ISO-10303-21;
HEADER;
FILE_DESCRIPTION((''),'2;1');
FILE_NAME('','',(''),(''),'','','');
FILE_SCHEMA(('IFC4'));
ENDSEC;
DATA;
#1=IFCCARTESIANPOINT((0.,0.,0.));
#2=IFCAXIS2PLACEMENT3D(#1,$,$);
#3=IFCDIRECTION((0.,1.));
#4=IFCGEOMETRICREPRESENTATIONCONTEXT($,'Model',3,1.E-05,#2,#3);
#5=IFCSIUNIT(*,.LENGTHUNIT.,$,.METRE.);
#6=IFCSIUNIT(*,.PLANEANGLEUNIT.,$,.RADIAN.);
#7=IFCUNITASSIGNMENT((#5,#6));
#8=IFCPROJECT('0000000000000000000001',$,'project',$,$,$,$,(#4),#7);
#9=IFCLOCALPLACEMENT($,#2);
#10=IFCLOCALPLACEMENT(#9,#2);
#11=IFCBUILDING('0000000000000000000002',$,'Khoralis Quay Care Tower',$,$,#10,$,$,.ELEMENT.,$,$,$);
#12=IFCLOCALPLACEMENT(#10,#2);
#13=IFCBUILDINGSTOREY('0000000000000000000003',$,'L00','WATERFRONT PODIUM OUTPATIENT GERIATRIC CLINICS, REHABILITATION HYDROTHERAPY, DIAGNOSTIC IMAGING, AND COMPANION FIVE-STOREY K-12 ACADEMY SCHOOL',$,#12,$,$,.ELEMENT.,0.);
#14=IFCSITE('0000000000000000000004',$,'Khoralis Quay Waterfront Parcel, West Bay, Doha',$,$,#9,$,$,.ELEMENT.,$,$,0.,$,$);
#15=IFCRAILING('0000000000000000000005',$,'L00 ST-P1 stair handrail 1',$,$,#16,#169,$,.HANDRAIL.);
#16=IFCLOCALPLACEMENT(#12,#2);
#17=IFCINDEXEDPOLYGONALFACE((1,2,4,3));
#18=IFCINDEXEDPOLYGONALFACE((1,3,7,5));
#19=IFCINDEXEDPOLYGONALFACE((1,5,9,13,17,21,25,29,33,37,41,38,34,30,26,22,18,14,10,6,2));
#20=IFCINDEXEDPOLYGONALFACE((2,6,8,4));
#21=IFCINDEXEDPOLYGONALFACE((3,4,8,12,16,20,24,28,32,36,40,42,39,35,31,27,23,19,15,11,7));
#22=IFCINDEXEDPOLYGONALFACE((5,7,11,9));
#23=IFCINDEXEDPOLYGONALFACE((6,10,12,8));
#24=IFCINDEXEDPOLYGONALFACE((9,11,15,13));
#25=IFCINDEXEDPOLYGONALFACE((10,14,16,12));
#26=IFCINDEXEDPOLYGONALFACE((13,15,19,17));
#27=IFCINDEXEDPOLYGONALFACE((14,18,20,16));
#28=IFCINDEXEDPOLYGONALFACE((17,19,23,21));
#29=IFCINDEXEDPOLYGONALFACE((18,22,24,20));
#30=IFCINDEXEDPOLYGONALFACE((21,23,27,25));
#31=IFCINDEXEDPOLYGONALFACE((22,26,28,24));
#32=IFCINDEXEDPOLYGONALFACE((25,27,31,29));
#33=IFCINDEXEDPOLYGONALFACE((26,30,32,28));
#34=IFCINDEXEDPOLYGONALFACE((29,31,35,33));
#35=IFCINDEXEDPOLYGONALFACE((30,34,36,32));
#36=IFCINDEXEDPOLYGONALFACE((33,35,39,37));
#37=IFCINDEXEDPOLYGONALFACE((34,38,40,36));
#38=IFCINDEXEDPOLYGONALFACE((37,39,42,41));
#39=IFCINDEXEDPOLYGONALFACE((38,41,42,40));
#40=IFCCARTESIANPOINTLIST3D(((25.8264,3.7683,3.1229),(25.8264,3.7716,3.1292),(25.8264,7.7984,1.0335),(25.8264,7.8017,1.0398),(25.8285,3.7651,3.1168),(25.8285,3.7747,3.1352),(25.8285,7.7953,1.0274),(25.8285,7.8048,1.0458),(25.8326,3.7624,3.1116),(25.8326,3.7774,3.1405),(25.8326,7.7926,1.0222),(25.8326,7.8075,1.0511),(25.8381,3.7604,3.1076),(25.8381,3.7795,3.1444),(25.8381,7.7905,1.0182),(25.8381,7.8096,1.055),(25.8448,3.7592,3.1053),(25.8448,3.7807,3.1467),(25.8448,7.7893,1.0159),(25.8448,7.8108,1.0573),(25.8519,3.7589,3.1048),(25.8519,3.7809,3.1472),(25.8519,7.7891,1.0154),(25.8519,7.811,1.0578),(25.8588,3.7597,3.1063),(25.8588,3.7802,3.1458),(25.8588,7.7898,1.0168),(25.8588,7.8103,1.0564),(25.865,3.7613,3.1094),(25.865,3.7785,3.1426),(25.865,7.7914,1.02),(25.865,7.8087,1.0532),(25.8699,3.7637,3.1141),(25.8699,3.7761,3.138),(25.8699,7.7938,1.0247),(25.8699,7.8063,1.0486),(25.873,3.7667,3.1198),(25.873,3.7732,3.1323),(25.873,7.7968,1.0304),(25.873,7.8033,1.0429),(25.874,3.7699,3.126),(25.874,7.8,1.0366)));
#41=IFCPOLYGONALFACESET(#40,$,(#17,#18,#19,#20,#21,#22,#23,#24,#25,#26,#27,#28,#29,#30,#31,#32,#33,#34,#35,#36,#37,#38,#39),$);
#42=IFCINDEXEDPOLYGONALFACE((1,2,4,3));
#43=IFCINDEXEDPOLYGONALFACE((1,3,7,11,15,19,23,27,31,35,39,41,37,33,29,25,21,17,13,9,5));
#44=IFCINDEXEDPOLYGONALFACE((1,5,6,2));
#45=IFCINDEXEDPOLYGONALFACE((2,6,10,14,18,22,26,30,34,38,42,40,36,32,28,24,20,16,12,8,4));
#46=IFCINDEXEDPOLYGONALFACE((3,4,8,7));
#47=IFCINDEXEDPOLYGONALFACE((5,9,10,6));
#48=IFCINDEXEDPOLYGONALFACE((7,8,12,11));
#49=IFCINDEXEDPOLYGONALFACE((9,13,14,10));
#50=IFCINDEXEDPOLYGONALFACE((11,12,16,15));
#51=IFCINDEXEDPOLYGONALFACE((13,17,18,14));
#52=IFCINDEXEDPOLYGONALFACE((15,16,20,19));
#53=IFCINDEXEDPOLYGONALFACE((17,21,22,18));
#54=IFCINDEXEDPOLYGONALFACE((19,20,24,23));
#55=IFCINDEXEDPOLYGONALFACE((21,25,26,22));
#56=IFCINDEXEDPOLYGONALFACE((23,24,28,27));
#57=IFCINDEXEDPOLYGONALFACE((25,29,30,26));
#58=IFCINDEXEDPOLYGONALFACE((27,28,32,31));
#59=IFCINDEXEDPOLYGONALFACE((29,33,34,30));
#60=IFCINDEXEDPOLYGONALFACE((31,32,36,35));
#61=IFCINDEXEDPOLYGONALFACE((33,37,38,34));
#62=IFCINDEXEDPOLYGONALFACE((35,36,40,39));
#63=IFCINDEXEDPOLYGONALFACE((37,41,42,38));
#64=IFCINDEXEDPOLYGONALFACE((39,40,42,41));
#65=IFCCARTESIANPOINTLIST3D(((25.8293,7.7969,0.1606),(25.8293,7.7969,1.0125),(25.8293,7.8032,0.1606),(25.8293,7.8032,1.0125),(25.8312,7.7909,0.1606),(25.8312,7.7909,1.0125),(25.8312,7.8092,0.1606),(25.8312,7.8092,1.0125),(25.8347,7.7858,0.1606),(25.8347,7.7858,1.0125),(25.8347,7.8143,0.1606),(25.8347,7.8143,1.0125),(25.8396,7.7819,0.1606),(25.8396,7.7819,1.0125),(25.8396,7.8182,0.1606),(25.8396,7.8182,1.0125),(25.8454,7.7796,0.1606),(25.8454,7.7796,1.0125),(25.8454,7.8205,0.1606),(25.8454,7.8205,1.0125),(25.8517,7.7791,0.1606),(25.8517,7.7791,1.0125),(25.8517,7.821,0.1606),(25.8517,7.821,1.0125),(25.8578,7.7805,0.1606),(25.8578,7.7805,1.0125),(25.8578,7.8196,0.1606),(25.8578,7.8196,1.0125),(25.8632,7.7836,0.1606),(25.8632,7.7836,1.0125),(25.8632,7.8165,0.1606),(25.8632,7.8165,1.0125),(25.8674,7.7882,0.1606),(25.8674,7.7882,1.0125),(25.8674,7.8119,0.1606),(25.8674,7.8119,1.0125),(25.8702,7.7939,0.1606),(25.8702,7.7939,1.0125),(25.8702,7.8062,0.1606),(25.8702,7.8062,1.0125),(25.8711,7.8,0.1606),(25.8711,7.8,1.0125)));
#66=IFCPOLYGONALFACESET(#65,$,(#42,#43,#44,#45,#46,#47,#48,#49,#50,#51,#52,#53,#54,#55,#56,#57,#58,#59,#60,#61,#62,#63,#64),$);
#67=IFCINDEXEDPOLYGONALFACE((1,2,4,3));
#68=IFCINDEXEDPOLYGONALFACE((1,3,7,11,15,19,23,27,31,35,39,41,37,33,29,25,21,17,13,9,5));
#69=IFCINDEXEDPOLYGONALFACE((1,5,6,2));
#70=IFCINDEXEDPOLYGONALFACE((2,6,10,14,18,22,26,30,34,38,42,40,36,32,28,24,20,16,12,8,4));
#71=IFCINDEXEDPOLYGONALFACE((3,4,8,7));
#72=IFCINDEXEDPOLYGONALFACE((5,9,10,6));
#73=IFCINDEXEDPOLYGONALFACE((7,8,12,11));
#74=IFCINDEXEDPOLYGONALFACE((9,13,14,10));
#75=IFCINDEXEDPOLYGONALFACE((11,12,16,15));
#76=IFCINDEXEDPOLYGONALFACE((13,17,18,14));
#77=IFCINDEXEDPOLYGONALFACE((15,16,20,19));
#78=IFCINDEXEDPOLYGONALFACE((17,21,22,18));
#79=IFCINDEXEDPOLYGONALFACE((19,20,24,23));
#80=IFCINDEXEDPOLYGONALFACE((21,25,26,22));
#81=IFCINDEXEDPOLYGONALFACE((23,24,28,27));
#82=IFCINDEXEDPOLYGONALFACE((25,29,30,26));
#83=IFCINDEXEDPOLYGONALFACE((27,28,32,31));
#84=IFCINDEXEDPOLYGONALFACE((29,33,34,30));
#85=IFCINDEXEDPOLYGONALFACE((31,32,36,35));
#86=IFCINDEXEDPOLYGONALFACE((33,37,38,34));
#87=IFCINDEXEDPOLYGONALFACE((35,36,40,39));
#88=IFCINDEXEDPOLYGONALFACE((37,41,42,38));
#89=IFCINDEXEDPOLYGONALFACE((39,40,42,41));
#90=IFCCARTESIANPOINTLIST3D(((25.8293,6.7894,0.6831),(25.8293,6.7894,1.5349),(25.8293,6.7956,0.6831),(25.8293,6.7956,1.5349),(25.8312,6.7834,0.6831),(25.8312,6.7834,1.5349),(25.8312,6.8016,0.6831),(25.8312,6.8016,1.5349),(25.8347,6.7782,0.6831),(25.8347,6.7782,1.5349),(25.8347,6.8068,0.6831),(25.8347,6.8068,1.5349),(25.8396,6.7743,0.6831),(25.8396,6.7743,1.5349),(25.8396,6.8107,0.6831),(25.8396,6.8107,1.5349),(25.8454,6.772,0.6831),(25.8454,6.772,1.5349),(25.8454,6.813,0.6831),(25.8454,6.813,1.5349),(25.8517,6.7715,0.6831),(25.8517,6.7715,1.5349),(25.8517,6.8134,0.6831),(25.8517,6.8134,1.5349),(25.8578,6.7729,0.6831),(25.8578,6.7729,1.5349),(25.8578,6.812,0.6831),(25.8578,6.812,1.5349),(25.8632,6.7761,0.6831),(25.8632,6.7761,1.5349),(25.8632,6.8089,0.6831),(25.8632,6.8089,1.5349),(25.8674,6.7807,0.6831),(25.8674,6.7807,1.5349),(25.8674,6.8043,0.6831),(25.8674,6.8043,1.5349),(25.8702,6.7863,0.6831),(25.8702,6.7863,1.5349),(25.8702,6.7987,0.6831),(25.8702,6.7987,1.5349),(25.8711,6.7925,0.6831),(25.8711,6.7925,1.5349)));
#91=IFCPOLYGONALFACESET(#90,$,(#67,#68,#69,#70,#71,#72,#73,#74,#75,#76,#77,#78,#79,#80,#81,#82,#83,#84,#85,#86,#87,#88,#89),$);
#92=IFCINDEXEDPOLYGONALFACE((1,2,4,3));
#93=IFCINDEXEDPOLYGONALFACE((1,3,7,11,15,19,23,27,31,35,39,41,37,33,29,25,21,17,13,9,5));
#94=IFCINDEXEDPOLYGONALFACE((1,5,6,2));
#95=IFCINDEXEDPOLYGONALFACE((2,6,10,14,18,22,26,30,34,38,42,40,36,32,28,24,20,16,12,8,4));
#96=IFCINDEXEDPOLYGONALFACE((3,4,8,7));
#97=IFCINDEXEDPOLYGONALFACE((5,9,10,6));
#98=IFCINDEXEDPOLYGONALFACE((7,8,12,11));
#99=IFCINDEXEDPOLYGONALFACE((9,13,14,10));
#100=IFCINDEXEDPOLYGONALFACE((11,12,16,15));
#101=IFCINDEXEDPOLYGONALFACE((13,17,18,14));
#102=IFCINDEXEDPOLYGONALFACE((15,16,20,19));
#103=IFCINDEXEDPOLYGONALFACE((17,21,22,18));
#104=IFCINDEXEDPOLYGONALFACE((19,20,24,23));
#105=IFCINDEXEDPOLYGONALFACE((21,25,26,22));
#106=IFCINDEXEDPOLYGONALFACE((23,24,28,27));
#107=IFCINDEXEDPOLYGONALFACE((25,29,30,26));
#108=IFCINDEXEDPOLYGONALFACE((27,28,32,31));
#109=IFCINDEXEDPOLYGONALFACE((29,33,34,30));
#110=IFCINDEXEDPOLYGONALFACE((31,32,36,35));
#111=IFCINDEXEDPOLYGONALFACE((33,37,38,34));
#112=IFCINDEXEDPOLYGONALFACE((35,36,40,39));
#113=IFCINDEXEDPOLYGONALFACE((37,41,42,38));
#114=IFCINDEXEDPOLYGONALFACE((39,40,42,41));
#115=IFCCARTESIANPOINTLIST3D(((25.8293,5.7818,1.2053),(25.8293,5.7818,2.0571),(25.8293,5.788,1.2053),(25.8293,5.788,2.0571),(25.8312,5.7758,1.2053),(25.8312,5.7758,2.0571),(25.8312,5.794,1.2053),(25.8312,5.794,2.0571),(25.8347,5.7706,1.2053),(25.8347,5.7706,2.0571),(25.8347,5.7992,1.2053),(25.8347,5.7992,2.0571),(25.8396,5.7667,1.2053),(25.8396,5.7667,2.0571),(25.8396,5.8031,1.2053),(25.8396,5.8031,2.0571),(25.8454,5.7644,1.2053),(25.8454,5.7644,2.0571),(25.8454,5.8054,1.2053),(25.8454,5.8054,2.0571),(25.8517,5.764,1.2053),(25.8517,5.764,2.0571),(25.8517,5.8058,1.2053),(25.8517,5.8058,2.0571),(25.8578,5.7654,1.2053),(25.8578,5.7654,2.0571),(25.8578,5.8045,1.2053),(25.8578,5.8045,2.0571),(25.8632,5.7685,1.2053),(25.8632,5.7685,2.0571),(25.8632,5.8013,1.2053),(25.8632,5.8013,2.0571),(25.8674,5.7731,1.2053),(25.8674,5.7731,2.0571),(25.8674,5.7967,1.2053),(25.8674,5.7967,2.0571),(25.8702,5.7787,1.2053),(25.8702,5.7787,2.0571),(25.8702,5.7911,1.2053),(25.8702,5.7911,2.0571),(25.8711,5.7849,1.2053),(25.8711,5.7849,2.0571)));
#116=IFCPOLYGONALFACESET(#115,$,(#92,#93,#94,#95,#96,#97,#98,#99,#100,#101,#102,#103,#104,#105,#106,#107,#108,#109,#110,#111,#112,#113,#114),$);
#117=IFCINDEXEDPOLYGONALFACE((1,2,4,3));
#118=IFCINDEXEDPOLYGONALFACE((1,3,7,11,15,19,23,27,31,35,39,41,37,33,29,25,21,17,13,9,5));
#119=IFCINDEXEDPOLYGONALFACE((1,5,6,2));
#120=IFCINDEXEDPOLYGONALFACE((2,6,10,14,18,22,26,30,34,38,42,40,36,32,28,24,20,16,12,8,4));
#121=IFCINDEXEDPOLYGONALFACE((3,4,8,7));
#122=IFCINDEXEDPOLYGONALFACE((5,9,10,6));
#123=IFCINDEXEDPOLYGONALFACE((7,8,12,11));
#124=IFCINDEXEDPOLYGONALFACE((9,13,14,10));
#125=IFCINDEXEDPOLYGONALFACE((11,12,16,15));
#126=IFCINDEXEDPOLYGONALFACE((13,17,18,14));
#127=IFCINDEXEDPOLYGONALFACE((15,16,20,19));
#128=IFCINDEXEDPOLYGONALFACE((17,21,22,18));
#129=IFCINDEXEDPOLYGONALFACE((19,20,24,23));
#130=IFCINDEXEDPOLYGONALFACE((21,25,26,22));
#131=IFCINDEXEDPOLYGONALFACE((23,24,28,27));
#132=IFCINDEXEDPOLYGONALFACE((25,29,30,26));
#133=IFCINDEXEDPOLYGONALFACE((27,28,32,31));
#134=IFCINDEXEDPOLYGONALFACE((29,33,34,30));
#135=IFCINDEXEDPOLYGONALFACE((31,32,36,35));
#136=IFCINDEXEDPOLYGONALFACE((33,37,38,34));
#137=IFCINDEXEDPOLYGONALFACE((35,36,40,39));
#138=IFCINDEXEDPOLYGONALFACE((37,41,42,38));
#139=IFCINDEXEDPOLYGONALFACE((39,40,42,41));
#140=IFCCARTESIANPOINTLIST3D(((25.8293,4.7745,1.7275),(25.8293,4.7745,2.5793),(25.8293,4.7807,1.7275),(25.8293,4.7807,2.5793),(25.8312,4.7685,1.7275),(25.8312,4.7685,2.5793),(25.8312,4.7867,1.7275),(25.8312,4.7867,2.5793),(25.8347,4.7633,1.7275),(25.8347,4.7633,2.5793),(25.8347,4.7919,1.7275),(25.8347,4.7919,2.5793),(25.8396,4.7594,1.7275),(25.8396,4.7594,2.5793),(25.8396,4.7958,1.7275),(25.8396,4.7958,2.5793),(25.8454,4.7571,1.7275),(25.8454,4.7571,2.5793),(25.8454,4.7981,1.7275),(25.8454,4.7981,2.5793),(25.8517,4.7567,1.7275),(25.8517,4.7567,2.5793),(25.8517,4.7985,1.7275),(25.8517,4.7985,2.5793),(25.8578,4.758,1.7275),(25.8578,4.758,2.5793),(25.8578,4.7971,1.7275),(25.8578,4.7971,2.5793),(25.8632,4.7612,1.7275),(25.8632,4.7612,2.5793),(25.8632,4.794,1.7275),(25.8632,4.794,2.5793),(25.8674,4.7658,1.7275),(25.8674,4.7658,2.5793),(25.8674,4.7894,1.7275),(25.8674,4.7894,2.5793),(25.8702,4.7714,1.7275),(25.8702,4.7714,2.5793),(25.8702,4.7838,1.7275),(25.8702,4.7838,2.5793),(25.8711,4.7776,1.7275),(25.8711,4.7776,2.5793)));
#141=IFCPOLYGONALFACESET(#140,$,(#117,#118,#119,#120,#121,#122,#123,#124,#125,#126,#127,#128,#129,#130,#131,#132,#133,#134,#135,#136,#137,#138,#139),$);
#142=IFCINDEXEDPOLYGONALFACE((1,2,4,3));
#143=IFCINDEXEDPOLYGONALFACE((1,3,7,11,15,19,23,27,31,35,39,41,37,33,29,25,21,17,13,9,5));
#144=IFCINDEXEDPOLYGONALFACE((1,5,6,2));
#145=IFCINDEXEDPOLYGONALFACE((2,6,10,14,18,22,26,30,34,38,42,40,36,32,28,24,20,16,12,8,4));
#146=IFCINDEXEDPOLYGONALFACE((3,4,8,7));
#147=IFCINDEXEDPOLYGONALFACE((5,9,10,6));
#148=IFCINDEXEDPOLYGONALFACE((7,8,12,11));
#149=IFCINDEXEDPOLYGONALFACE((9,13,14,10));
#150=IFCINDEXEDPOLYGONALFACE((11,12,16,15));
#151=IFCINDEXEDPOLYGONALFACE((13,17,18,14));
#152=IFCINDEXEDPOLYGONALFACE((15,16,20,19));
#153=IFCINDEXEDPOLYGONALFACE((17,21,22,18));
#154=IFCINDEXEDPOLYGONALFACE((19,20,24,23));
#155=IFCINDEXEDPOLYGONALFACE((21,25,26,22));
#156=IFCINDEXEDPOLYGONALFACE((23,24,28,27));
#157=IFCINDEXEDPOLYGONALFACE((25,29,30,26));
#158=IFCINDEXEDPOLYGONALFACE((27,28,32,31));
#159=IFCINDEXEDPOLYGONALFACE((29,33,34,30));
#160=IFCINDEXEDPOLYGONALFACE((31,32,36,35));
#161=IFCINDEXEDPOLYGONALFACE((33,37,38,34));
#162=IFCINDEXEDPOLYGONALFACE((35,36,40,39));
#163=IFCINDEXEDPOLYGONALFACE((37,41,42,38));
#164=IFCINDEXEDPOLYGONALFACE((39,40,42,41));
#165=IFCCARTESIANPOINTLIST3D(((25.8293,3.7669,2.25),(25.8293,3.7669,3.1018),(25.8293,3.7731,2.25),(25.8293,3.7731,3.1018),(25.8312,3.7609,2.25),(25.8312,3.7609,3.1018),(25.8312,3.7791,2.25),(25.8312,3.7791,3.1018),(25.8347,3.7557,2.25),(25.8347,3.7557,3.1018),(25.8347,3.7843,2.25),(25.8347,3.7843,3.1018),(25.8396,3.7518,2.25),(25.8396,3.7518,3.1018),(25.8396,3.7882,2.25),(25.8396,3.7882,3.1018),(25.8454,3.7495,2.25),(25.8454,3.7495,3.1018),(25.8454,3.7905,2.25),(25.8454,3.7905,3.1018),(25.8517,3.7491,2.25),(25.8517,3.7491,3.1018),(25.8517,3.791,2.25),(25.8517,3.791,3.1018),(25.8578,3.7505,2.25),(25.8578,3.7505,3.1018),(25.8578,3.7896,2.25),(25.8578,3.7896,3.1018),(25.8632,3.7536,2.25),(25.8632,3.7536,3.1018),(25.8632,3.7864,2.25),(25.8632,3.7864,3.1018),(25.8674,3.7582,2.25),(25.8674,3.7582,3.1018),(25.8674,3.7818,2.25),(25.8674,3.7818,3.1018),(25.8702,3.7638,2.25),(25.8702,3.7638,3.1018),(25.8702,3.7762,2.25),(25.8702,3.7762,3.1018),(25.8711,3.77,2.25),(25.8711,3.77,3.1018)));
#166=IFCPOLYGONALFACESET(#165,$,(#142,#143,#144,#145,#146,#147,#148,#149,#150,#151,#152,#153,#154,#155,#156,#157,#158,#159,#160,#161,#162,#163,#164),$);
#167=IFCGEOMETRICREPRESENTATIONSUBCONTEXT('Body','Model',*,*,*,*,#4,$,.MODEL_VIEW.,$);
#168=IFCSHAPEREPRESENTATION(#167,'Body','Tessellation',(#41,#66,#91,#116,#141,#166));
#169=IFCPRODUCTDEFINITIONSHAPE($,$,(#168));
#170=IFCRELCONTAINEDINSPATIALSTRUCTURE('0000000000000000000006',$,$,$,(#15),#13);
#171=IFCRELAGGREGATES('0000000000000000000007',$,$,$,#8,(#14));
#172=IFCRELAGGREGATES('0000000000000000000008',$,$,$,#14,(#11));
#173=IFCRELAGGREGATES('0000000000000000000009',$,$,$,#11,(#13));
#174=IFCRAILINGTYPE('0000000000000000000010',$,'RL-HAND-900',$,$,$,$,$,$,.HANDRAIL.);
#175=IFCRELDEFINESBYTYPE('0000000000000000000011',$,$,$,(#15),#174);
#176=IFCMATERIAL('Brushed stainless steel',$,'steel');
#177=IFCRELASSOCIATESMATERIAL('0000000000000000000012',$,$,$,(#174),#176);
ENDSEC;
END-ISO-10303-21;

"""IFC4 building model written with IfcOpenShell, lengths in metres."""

from ifc_helpers import new_model, si_unit, direction, frame, origin, origin_2d, place, context, subcontext, project, spatial, circle, extrude, material, type_object, element, save


model = new_model("IFC4")

# Units and contexts
model_context = context("Model", 3, precision=1e-05, world=origin(), true_north=direction((0.0, 1.0)))
body_context = subcontext(model_context, "Body", "Model", "MODEL_VIEW")
ifc_project = project(units=[si_unit("LENGTHUNIT", "METRE"), si_unit("PLANEANGLEUNIT", "RADIAN")], contexts=[model_context])

# Site, building, storey
site_placement = place(None, origin())
site = spatial("IfcSite", under=ifc_project, at=site_placement, Name="Khoralis Quay Waterfront Parcel, West Bay, Doha", CompositionType="ELEMENT", RefElevation=0.0)
building_placement = place(site_placement, origin())
building = spatial("IfcBuilding", under=site, at=building_placement, Name="Khoralis Quay Care Tower", CompositionType="ELEMENT")
storey_placement = place(building_placement, origin())
storey = spatial("IfcBuildingStorey", under=building, at=storey_placement, Name="L00", Description="WATERFRONT PODIUM OUTPATIENT GERIATRIC CLINICS, REHABILITATION HYDROTHERAPY, DIAGNOSTIC IMAGING, AND COMPANION FIVE-STOREY K-12 ACADEMY SCHOOL", CompositionType="ELEMENT", Elevation=0.0)

# Railing
ifc_material_1 = material(Name="Brushed stainless steel", Category="steel")
railing_type_1 = type_object("IfcRailingType", Name="RL-HAND-900", PredefinedType="HANDRAIL", material=ifc_material_1)
railing_1_placement = place(storey_placement, frame((25.8501, 7.8, 0.1606)))
element("IfcRailing", 1, at=railing_1_placement, inside=storey, type_object=railing_type_1, Name="L00 ST-P1 stair handrail 1", PredefinedType="HANDRAIL", context=body_context, shape_type="SweptSolid", body=[
    extrude(circle(Radius=0.0239, at=origin_2d()), frame((0.0, 0.0, 0.876), z_axis=(0.0, -0.887781, 0.460267), x_axis=(1.0, 0.0, 0.0)), (0.0, 0.0, 1.0), 4.5396),
    extrude(circle(Radius=0.021, at=origin_2d()), origin(), (0.0, 0.0, 1.0), 0.8518),
    extrude(circle(Radius=0.021, at=origin_2d()), frame((0.0, -1.0076, 0.5225)), (0.0, 0.0, 1.0), 0.8518),
    extrude(circle(Radius=0.021, at=origin_2d()), frame((0.0, -2.0151, 1.0447)), (0.0, 0.0, 1.0), 0.8518),
    extrude(circle(Radius=0.021, at=origin_2d()), frame((0.0, -3.0225, 1.5669)), (0.0, 0.0, 1.0), 0.8518),
    extrude(circle(Radius=0.021, at=origin_2d()), frame((0.0, -4.03, 2.0894)), (0.0, 0.0, 1.0), 0.8518),
])

save(model, "model.ifc")
